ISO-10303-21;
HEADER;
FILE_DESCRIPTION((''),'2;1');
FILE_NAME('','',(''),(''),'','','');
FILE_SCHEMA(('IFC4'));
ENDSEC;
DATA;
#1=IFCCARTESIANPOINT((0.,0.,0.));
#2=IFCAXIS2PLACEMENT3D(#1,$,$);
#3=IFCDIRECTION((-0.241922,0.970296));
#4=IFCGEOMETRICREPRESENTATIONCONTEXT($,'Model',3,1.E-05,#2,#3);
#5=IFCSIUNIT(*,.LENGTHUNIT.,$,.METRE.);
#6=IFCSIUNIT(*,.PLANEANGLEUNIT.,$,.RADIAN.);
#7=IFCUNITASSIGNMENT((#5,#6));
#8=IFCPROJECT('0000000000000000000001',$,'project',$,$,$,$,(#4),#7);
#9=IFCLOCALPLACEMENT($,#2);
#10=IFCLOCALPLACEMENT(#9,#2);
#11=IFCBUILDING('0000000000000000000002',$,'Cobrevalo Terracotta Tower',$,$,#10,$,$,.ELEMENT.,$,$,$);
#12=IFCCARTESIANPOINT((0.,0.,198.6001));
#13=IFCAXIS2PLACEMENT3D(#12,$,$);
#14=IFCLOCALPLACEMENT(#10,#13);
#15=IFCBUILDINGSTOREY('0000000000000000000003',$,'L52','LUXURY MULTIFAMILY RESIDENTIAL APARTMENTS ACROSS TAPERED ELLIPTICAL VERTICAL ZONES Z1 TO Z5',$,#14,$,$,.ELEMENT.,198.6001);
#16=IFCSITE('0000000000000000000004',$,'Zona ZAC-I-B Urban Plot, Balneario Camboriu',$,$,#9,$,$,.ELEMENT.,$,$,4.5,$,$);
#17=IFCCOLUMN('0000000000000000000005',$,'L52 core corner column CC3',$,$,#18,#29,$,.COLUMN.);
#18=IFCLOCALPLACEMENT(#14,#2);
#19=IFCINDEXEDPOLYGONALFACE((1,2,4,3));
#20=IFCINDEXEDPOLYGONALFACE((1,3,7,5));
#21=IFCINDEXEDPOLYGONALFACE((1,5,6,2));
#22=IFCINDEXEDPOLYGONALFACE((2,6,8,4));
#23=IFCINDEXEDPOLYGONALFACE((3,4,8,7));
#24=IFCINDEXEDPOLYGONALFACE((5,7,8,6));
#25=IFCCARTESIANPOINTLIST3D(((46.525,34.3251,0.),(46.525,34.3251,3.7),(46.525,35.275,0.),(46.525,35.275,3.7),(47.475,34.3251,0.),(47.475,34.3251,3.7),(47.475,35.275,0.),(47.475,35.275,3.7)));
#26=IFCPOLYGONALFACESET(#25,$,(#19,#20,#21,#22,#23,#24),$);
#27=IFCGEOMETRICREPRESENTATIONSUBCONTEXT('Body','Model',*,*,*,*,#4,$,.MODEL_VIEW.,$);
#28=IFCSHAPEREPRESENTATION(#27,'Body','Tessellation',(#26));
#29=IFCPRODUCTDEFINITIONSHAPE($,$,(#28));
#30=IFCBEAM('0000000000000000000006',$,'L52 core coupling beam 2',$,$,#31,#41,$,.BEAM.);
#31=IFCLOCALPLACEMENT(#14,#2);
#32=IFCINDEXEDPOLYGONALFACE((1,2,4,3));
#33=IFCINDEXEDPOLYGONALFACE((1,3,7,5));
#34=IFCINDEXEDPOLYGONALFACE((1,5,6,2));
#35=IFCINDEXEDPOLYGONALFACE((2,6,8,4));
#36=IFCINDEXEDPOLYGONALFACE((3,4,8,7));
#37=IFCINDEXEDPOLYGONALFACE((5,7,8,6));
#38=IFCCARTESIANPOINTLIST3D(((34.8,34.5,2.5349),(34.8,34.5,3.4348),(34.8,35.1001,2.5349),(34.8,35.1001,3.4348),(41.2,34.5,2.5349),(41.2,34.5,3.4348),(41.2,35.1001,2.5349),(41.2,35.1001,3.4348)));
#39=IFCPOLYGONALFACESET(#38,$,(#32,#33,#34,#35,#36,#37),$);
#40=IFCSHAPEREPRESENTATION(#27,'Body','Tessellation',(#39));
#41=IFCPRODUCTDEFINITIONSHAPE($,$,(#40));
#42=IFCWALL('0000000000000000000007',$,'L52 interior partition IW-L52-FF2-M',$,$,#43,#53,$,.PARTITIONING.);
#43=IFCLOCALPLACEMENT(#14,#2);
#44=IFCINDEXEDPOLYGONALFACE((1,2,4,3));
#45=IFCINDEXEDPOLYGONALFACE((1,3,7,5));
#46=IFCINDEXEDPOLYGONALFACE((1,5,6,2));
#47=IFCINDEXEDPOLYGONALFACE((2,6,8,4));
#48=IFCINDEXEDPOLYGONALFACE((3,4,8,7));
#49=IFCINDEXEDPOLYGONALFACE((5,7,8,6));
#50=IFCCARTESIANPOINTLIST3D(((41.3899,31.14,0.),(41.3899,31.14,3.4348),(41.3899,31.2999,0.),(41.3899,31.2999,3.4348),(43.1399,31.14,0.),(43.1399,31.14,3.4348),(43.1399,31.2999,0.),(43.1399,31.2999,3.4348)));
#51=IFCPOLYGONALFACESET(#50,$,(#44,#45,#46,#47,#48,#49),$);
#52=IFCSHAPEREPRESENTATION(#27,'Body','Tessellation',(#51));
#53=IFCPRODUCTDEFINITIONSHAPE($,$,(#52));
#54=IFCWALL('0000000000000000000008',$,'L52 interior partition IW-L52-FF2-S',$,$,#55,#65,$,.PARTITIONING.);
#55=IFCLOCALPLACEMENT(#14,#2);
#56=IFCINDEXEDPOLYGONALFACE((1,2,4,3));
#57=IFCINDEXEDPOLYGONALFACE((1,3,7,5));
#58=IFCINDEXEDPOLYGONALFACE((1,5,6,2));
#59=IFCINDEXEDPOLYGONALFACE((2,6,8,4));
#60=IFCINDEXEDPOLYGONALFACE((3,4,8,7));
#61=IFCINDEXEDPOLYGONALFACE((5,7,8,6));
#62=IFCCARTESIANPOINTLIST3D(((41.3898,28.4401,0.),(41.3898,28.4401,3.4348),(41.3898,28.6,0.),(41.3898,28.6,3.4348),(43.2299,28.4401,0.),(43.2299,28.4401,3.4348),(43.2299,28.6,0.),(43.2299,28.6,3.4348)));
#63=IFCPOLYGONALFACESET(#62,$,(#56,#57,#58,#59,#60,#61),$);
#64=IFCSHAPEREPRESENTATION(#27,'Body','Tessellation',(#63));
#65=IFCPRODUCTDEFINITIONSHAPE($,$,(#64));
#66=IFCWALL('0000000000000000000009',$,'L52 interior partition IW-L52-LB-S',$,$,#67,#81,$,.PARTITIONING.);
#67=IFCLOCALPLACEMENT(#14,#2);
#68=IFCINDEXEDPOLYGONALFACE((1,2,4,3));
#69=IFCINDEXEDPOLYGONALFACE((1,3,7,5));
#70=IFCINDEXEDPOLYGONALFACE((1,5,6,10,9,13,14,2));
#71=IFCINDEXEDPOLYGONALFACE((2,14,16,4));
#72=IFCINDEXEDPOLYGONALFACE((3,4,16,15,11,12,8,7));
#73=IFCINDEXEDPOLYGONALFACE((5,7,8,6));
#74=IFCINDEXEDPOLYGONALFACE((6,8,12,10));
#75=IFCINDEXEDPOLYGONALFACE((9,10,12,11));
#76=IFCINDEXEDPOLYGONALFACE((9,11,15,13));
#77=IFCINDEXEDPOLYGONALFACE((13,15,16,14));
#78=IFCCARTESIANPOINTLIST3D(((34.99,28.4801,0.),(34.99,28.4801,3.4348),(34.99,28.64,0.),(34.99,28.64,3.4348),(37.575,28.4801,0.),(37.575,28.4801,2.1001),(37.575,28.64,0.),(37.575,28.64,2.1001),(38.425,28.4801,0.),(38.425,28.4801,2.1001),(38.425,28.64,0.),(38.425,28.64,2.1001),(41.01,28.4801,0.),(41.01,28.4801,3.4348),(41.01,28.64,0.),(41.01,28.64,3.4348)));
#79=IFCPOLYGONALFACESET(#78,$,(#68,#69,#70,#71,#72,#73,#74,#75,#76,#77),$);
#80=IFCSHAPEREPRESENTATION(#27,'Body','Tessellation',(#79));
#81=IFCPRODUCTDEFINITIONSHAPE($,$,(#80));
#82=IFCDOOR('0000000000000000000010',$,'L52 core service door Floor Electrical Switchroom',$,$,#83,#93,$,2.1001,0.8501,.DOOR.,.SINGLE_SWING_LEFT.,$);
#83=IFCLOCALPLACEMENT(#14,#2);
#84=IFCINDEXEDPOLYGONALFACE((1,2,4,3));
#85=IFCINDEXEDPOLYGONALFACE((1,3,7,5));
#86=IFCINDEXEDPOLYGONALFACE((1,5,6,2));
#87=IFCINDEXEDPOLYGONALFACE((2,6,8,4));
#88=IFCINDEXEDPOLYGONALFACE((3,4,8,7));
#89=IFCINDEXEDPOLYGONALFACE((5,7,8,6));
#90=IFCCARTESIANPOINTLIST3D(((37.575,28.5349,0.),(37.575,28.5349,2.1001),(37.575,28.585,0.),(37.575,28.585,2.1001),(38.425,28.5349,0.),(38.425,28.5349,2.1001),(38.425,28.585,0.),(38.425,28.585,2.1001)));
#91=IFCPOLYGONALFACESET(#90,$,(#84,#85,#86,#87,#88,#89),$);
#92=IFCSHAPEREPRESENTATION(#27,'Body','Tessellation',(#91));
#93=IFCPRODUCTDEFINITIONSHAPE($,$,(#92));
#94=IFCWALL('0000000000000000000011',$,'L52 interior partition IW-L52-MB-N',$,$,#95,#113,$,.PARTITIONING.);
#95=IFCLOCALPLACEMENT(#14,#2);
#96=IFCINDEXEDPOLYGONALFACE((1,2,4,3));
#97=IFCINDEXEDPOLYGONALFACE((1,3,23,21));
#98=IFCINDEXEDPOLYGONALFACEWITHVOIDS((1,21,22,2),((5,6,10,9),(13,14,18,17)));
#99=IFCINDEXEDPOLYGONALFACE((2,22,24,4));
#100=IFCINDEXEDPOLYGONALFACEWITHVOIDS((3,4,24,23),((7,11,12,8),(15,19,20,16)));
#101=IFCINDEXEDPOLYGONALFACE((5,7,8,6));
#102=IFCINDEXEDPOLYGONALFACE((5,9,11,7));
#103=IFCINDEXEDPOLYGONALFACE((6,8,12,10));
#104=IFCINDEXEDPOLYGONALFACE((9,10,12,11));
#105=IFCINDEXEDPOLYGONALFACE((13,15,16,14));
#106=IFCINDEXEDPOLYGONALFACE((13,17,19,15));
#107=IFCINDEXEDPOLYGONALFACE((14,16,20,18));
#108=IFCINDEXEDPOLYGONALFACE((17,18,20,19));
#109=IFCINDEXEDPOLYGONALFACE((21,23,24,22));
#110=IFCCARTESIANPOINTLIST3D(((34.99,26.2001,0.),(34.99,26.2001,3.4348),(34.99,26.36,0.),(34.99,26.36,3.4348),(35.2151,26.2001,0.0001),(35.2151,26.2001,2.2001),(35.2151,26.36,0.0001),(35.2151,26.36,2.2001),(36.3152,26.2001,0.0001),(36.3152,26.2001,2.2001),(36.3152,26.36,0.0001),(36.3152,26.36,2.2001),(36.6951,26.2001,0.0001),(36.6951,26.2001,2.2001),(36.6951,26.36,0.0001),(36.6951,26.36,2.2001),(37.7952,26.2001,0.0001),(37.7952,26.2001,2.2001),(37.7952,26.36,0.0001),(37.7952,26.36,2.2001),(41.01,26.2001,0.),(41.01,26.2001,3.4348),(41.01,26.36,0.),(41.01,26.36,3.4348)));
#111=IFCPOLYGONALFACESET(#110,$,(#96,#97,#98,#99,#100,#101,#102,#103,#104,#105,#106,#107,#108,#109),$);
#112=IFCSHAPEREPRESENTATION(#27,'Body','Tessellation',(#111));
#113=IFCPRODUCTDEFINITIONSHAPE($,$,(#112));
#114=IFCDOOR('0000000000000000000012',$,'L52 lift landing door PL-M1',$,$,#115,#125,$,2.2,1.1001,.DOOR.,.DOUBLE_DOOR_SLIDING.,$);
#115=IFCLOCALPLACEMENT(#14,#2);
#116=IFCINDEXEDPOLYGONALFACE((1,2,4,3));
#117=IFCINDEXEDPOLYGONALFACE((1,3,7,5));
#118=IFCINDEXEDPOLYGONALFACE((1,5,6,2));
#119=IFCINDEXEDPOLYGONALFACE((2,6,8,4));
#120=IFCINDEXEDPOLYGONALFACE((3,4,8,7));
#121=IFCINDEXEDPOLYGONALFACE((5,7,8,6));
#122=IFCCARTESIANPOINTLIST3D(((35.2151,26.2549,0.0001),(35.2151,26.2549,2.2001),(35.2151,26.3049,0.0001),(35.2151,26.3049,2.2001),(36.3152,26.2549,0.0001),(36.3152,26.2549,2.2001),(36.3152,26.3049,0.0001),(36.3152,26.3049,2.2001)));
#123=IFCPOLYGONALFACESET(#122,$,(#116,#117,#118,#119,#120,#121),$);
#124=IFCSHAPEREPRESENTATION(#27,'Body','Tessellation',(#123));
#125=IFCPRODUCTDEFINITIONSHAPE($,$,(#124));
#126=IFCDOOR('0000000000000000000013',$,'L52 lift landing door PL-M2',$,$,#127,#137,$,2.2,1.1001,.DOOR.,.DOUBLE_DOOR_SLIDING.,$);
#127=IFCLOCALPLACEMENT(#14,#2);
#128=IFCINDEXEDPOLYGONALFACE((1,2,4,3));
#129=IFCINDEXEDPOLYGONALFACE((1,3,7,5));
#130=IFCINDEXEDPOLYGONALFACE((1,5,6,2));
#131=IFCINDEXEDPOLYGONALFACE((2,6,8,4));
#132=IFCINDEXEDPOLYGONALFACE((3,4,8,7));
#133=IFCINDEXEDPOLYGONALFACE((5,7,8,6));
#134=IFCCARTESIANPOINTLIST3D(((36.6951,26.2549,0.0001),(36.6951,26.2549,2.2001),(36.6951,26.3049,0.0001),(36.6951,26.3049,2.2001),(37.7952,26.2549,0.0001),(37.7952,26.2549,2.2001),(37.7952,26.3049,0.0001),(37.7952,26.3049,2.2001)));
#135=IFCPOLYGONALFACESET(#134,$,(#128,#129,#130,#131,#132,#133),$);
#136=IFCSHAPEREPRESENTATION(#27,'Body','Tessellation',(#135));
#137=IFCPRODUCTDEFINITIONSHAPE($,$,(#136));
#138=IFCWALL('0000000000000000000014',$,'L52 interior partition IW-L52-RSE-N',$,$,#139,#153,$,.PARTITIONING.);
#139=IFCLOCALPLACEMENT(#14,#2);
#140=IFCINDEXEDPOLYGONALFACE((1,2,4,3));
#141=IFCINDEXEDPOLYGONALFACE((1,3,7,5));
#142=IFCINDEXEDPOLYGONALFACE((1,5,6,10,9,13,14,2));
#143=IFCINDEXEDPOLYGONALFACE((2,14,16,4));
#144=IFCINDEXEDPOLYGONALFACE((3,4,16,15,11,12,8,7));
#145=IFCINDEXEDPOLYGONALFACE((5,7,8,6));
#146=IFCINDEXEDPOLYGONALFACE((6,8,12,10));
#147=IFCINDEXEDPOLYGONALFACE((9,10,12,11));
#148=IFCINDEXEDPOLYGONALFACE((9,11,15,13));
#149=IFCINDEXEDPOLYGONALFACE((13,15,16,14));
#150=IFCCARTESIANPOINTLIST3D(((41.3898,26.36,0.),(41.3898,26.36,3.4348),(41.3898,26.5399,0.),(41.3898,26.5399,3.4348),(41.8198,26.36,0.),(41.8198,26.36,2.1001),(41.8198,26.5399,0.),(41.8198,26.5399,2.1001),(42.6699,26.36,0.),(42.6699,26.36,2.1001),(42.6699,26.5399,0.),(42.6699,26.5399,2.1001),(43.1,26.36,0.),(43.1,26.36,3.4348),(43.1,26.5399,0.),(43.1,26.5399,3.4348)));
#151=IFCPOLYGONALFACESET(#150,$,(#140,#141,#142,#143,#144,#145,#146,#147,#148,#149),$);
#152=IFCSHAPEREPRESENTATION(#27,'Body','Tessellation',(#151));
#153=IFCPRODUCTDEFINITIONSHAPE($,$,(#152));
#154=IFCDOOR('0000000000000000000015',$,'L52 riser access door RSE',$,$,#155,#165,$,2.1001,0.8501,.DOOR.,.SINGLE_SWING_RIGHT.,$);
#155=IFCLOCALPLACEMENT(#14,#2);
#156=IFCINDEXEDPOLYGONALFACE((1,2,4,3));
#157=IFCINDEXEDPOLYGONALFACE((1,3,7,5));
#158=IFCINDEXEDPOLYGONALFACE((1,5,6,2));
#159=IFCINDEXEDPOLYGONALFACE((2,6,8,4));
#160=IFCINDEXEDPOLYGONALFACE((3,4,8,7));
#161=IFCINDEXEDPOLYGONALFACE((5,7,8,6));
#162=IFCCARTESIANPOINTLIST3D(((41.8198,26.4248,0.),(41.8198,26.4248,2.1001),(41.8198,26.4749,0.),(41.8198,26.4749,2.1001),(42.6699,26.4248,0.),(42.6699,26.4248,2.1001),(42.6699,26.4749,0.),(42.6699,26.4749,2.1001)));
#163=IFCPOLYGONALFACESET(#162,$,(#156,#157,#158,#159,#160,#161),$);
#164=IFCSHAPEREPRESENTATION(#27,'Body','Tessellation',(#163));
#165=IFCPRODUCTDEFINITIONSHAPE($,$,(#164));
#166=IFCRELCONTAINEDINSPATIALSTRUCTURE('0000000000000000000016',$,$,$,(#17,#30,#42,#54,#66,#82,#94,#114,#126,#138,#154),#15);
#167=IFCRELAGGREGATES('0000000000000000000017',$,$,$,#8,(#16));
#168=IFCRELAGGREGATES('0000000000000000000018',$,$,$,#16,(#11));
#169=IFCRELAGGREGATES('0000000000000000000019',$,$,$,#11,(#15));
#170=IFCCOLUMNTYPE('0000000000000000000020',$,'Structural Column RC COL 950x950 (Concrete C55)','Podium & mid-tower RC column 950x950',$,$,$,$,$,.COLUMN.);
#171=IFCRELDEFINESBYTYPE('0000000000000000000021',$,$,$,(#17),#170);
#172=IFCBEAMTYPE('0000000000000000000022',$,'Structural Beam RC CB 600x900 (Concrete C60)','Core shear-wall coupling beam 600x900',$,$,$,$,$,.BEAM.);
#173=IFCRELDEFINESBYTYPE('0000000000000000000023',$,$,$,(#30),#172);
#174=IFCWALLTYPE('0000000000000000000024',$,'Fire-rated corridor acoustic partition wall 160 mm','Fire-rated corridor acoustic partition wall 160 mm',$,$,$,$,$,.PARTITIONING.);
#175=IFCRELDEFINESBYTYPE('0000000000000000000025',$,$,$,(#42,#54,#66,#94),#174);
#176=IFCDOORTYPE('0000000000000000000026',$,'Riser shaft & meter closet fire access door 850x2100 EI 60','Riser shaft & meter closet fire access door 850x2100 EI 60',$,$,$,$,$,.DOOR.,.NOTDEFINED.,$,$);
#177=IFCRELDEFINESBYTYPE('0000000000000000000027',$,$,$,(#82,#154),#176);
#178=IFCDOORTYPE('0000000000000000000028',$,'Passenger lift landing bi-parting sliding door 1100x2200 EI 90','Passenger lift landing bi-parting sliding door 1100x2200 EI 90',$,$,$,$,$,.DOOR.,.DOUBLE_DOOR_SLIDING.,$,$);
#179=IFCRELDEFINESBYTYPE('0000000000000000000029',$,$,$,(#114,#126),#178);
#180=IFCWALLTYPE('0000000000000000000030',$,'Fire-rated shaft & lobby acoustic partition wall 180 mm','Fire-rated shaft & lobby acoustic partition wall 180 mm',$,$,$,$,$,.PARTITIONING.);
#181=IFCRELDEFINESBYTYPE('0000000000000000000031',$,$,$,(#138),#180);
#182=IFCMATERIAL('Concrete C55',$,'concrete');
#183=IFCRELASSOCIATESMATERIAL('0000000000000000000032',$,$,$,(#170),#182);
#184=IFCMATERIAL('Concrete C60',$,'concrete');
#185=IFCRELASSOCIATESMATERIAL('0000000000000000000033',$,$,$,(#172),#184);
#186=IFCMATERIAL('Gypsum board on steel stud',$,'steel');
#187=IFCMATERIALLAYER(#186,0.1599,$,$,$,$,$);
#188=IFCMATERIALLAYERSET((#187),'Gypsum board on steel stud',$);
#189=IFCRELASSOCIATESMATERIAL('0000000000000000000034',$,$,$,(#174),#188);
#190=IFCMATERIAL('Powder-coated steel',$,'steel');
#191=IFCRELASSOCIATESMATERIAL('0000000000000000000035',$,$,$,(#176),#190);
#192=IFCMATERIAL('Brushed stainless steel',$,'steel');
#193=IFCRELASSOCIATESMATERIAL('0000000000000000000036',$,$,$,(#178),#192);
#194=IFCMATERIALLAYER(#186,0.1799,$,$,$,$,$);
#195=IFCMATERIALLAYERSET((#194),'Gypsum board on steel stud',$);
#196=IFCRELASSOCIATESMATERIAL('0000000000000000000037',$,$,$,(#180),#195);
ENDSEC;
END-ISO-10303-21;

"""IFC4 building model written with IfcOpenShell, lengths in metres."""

from ifc_helpers import new_model, si_unit, direction, frame, frame_2d, origin, origin_2d, place, context, subcontext, project, spatial, rectangle, extrude, source, transform, mapped, material, layer, layer_set, material_profile, profile_set, type_object, element, fill, save


model = new_model("IFC4")

# Units and contexts
model_context = context("Model", 3, precision=1e-05, world=origin(), true_north=direction((-0.241922, 0.970296)))
body_context = subcontext(model_context, "Body", "Model", "MODEL_VIEW")
ifc_project = project(units=[si_unit("LENGTHUNIT", "METRE"), si_unit("PLANEANGLEUNIT", "RADIAN")], contexts=[model_context])

# Site, building, storey
site_placement = place(None, origin())
site = spatial("IfcSite", under=ifc_project, at=site_placement, Name="Zona ZAC-I-B Urban Plot, Balneario Camboriu", CompositionType="ELEMENT", RefElevation=4.5)
building_placement = place(site_placement, origin())
building = spatial("IfcBuilding", under=site, at=building_placement, Name="Cobrevalo Terracotta Tower", CompositionType="ELEMENT")
storey_placement = place(building_placement, frame((0.0, 0.0, 198.6001)))
storey = spatial("IfcBuildingStorey", under=building, at=storey_placement, Name="L52", Description="LUXURY MULTIFAMILY RESIDENTIAL APARTMENTS ACROSS TAPERED ELLIPTICAL VERTICAL ZONES Z1 TO Z5", CompositionType="ELEMENT", Elevation=198.6001)

# Column
ifc_material_1 = material(Name="Concrete C55", Category="concrete")
ifc_material_profile_1 = material_profile(ifc_material_1, rectangle(XDim=0.95, YDim=0.95, at=origin_2d()), Name="RC COL 950x950")
ifc_profile_set_1 = profile_set([ifc_material_profile_1], Name="Concrete C55")
column_type = type_object("IfcColumnType", Name="Structural Column RC COL 950x950 (Concrete C55)", Description="Podium & mid-tower RC column 950x950", PredefinedType="COLUMN", material=ifc_profile_set_1)
column_placement = place(storey_placement, frame((47.0, 34.8, 0.0), z_axis=(0.0, 0.0, 1.0), x_axis=(1.0, 0.0, 0.0)))
element("IfcColumn", 1, at=column_placement, inside=storey, type_object=column_type, Name="L52 core corner column CC3", PredefinedType="COLUMN", context=body_context, shape_type="SweptSolid", body=[
    extrude(rectangle(XDim=0.95, YDim=0.95, at=origin_2d()), origin(), (0.0, 0.0, 1.0), 3.7),
])

# Beam
ifc_material_2 = material(Name="Concrete C60", Category="concrete")
ifc_material_profile_2 = material_profile(ifc_material_2, rectangle(XDim=0.6001, YDim=0.8999, at=origin_2d()), Name="RC CB 600x900")
ifc_profile_set_2 = profile_set([ifc_material_profile_2], Name="Concrete C60")
beam_type = type_object("IfcBeamType", Name="Structural Beam RC CB 600x900 (Concrete C60)", Description="Core shear-wall coupling beam 600x900", PredefinedType="BEAM", material=ifc_profile_set_2)
beam_placement = place(storey_placement, frame((34.8, 34.8, 2.9849), z_axis=(1.0, 0.0, 0.0), x_axis=(0.0, 1.0, 0.0)))
element("IfcBeam", 2, at=beam_placement, inside=storey, type_object=beam_type, Name="L52 core coupling beam 2", PredefinedType="BEAM", context=body_context, shape_type="SweptSolid", body=[
    extrude(rectangle(XDim=0.6001, YDim=0.8999, at=origin_2d()), origin(), (0.0, 0.0, 1.0), 6.3999),
])

# Walls
ifc_material_3 = material(Name="Gypsum board on steel stud", Category="steel")
ifc_layer_1 = layer(ifc_material_3, 0.1599)
ifc_layer_set_1 = layer_set([ifc_layer_1], Name="Gypsum board on steel stud")
wall_type_1 = type_object("IfcWallType", Name="Fire-rated corridor acoustic partition wall 160 mm", Description="Fire-rated corridor acoustic partition wall 160 mm", PredefinedType="PARTITIONING", material=ifc_layer_set_1)
wall_1_placement = place(storey_placement, frame((41.3899, 31.22, 0.0), z_axis=(0.0, 0.0, 1.0), x_axis=(1.0, 0.0, 0.0)))
element("IfcWall", 3, at=wall_1_placement, inside=storey, type_object=wall_type_1, Name="L52 interior partition IW-L52-FF2-M", PredefinedType="PARTITIONING", context=body_context, shape_type="SweptSolid", body=[
    extrude(rectangle(XDim=1.75, YDim=0.1599, at=frame_2d((0.875, 0.0))), origin(), (0.0, 0.0, 1.0), 3.4348),
])
wall_2_placement = place(storey_placement, frame((41.3899, 28.52, 0.0), z_axis=(0.0, 0.0, 1.0), x_axis=(1.0, 0.0, 0.0)))
element("IfcWall", 4, at=wall_2_placement, inside=storey, type_object=wall_type_1, Name="L52 interior partition IW-L52-FF2-S", PredefinedType="PARTITIONING", context=body_context, shape_type="SweptSolid", body=[
    extrude(rectangle(XDim=1.8401, YDim=0.1599, at=frame_2d((0.9199, 0.0))), origin(), (0.0, 0.0, 1.0), 3.4348),
])

# Wall, opening, door
wall_3_placement = place(storey_placement, frame((34.99, 28.5601, 0.0), z_axis=(0.0, 0.0, 1.0), x_axis=(1.0, 0.0, 0.0)))
wall_3 = element("IfcWall", 5, at=wall_3_placement, inside=storey, type_object=wall_type_1, Name="L52 interior partition IW-L52-LB-S", PredefinedType="PARTITIONING", context=body_context, shape_type="SweptSolid", body=[
    extrude(rectangle(XDim=6.02, YDim=0.1599, at=frame_2d((3.01, 0.0))), origin(), (0.0, 0.0, 1.0), 3.4348),
])
opening_1_placement = place(wall_3_placement, frame((2.585, 0.0, 0.0)))
opening_1 = element("IfcOpeningElement", 6, at=opening_1_placement, cuts=wall_3, PredefinedType="OPENING", context=body_context, shape_type="SweptSolid", body=[
    extrude(rectangle(XDim=0.8501, YDim=2.1001, at=frame_2d((0.425, 1.05))), frame((0.0, 0.0898, 0.0), z_axis=(0.0, -1.0, 0.0), x_axis=(1.0, 0.0, 0.0)), (0.0, 0.0, 1.0), 0.1799),
])
ifc_material_4 = material(Name="Powder-coated steel", Category="steel")
door_type_1 = type_object("IfcDoorType", Name="Riser shaft & meter closet fire access door 850x2100 EI 60", Description="Riser shaft & meter closet fire access door 850x2100 EI 60", OperationType="NOTDEFINED", PredefinedType="DOOR", material=ifc_material_4)
shared_shape_1 = source(origin(), body_context, "Body", "SweptSolid", [
    extrude(rectangle(XDim=0.8501, YDim=2.1001, at=frame_2d((0.425, 1.05))), frame((0.0, 0.0249, 0.0), z_axis=(0.0, -1.0, 0.0), x_axis=(1.0, 0.0, 0.0)), (0.0, 0.0, 1.0), 0.05),
])
door_1_placement = place(opening_1_placement, origin())
door_1 = element("IfcDoor", 7, at=door_1_placement, inside=storey, type_object=door_type_1, Name="L52 core service door Floor Electrical Switchroom", OperationType="SINGLE_SWING_LEFT", OverallHeight=2.1001, OverallWidth=0.8501, PredefinedType="DOOR", context=body_context, shape_type="MappedRepresentation", body=[
    mapped(shared_shape_1, transform((0.0, 0.0, 0.0), scale=1.0)),
])
fill(opening_1, door_1)

# Wall, openings, doors
wall_4_placement = place(storey_placement, frame((34.99, 26.28, 0.0), z_axis=(0.0, 0.0, 1.0), x_axis=(1.0, 0.0, 0.0)))
wall_4 = element("IfcWall", 8, at=wall_4_placement, inside=storey, type_object=wall_type_1, Name="L52 interior partition IW-L52-MB-N", PredefinedType="PARTITIONING", context=body_context, shape_type="SweptSolid", body=[
    extrude(rectangle(XDim=6.02, YDim=0.1599, at=frame_2d((3.01, 0.0))), origin(), (0.0, 0.0, 1.0), 3.4348),
])
opening_2_placement = place(wall_4_placement, frame((0.2251, 0.0, 0.0)))
opening_2 = element("IfcOpeningElement", 9, at=opening_2_placement, cuts=wall_4, PredefinedType="OPENING", context=body_context, shape_type="SweptSolid", body=[
    extrude(rectangle(XDim=1.1001, YDim=2.2, at=frame_2d((0.55, 1.1001))), frame((0.0, 0.0898, 0.0), z_axis=(0.0, -1.0, 0.0), x_axis=(1.0, 0.0, 0.0)), (0.0, 0.0, 1.0), 0.1799),
])
opening_3_placement = place(wall_4_placement, frame((1.7051, 0.0, 0.0)))
opening_3 = element("IfcOpeningElement", 10, at=opening_3_placement, cuts=wall_4, PredefinedType="OPENING", context=body_context, shape_type="SweptSolid", body=[
    extrude(rectangle(XDim=1.1001, YDim=2.2, at=frame_2d((0.55, 1.1001))), frame((0.0, 0.0898, 0.0), z_axis=(0.0, -1.0, 0.0), x_axis=(1.0, 0.0, 0.0)), (0.0, 0.0, 1.0), 0.1799),
])
ifc_material_5 = material(Name="Brushed stainless steel", Category="steel")
door_type_2 = type_object("IfcDoorType", Name="Passenger lift landing bi-parting sliding door 1100x2200 EI 90", Description="Passenger lift landing bi-parting sliding door 1100x2200 EI 90", OperationType="DOUBLE_DOOR_SLIDING", PredefinedType="DOOR", material=ifc_material_5)
shared_shape_2 = source(origin(), body_context, "Body", "SweptSolid", [
    extrude(rectangle(XDim=1.1001, YDim=2.2, at=frame_2d((0.55, 1.1001))), frame((0.0, 0.0249, 0.0), z_axis=(0.0, -1.0, 0.0), x_axis=(1.0, 0.0, 0.0)), (0.0, 0.0, 1.0), 0.05),
])
door_2_placement = place(opening_2_placement, origin())
door_2 = element("IfcDoor", 11, at=door_2_placement, inside=storey, type_object=door_type_2, Name="L52 lift landing door PL-M1", OperationType="DOUBLE_DOOR_SLIDING", OverallHeight=2.2, OverallWidth=1.1001, PredefinedType="DOOR", context=body_context, shape_type="MappedRepresentation", body=[
    mapped(shared_shape_2, transform((0.0, 0.0, 0.0), scale=1.0)),
])
fill(opening_2, door_2)
door_3_placement = place(opening_3_placement, origin())
door_3 = element("IfcDoor", 12, at=door_3_placement, inside=storey, type_object=door_type_2, Name="L52 lift landing door PL-M2", OperationType="DOUBLE_DOOR_SLIDING", OverallHeight=2.2, OverallWidth=1.1001, PredefinedType="DOOR", context=body_context, shape_type="MappedRepresentation", body=[
    mapped(shared_shape_2, transform((0.0, 0.0, 0.0), scale=1.0)),
])
fill(opening_3, door_3)

# Wall, opening, door
ifc_layer_2 = layer(ifc_material_3, 0.1799)
ifc_layer_set_2 = layer_set([ifc_layer_2], Name="Gypsum board on steel stud")
wall_type_2 = type_object("IfcWallType", Name="Fire-rated shaft & lobby acoustic partition wall 180 mm", Description="Fire-rated shaft & lobby acoustic partition wall 180 mm", PredefinedType="PARTITIONING", material=ifc_layer_set_2)
wall_5_placement = place(storey_placement, frame((41.3899, 26.45, 0.0), z_axis=(0.0, 0.0, 1.0), x_axis=(1.0, 0.0, 0.0)))
wall_5 = element("IfcWall", 13, at=wall_5_placement, inside=storey, type_object=wall_type_2, Name="L52 interior partition IW-L52-RSE-N", PredefinedType="PARTITIONING", context=body_context, shape_type="SweptSolid", body=[
    extrude(rectangle(XDim=1.7102, YDim=0.1799, at=frame_2d((0.855, 0.0))), origin(), (0.0, 0.0, 1.0), 3.4348),
])
opening_4_placement = place(wall_5_placement, frame((0.4299, 0.0, 0.0)))
opening_4 = element("IfcOpeningElement", 14, at=opening_4_placement, cuts=wall_5, PredefinedType="OPENING", context=body_context, shape_type="SweptSolid", body=[
    extrude(rectangle(XDim=0.8501, YDim=2.1001, at=frame_2d((0.425, 1.05))), frame((0.0, 0.1001, 0.0), z_axis=(0.0, -1.0, 0.0), x_axis=(1.0, 0.0, 0.0)), (0.0, 0.0, 1.0), 0.2),
])
door_4_placement = place(opening_4_placement, origin())
door_4 = element("IfcDoor", 15, at=door_4_placement, inside=storey, type_object=door_type_1, Name="L52 riser access door RSE", OperationType="SINGLE_SWING_RIGHT", OverallHeight=2.1001, OverallWidth=0.8501, PredefinedType="DOOR", context=body_context, shape_type="MappedRepresentation", body=[
    mapped(shared_shape_1, transform((0.0, 0.0, 0.0), scale=1.0)),
])
fill(opening_4, door_4)

save(model, "model.ifc")
